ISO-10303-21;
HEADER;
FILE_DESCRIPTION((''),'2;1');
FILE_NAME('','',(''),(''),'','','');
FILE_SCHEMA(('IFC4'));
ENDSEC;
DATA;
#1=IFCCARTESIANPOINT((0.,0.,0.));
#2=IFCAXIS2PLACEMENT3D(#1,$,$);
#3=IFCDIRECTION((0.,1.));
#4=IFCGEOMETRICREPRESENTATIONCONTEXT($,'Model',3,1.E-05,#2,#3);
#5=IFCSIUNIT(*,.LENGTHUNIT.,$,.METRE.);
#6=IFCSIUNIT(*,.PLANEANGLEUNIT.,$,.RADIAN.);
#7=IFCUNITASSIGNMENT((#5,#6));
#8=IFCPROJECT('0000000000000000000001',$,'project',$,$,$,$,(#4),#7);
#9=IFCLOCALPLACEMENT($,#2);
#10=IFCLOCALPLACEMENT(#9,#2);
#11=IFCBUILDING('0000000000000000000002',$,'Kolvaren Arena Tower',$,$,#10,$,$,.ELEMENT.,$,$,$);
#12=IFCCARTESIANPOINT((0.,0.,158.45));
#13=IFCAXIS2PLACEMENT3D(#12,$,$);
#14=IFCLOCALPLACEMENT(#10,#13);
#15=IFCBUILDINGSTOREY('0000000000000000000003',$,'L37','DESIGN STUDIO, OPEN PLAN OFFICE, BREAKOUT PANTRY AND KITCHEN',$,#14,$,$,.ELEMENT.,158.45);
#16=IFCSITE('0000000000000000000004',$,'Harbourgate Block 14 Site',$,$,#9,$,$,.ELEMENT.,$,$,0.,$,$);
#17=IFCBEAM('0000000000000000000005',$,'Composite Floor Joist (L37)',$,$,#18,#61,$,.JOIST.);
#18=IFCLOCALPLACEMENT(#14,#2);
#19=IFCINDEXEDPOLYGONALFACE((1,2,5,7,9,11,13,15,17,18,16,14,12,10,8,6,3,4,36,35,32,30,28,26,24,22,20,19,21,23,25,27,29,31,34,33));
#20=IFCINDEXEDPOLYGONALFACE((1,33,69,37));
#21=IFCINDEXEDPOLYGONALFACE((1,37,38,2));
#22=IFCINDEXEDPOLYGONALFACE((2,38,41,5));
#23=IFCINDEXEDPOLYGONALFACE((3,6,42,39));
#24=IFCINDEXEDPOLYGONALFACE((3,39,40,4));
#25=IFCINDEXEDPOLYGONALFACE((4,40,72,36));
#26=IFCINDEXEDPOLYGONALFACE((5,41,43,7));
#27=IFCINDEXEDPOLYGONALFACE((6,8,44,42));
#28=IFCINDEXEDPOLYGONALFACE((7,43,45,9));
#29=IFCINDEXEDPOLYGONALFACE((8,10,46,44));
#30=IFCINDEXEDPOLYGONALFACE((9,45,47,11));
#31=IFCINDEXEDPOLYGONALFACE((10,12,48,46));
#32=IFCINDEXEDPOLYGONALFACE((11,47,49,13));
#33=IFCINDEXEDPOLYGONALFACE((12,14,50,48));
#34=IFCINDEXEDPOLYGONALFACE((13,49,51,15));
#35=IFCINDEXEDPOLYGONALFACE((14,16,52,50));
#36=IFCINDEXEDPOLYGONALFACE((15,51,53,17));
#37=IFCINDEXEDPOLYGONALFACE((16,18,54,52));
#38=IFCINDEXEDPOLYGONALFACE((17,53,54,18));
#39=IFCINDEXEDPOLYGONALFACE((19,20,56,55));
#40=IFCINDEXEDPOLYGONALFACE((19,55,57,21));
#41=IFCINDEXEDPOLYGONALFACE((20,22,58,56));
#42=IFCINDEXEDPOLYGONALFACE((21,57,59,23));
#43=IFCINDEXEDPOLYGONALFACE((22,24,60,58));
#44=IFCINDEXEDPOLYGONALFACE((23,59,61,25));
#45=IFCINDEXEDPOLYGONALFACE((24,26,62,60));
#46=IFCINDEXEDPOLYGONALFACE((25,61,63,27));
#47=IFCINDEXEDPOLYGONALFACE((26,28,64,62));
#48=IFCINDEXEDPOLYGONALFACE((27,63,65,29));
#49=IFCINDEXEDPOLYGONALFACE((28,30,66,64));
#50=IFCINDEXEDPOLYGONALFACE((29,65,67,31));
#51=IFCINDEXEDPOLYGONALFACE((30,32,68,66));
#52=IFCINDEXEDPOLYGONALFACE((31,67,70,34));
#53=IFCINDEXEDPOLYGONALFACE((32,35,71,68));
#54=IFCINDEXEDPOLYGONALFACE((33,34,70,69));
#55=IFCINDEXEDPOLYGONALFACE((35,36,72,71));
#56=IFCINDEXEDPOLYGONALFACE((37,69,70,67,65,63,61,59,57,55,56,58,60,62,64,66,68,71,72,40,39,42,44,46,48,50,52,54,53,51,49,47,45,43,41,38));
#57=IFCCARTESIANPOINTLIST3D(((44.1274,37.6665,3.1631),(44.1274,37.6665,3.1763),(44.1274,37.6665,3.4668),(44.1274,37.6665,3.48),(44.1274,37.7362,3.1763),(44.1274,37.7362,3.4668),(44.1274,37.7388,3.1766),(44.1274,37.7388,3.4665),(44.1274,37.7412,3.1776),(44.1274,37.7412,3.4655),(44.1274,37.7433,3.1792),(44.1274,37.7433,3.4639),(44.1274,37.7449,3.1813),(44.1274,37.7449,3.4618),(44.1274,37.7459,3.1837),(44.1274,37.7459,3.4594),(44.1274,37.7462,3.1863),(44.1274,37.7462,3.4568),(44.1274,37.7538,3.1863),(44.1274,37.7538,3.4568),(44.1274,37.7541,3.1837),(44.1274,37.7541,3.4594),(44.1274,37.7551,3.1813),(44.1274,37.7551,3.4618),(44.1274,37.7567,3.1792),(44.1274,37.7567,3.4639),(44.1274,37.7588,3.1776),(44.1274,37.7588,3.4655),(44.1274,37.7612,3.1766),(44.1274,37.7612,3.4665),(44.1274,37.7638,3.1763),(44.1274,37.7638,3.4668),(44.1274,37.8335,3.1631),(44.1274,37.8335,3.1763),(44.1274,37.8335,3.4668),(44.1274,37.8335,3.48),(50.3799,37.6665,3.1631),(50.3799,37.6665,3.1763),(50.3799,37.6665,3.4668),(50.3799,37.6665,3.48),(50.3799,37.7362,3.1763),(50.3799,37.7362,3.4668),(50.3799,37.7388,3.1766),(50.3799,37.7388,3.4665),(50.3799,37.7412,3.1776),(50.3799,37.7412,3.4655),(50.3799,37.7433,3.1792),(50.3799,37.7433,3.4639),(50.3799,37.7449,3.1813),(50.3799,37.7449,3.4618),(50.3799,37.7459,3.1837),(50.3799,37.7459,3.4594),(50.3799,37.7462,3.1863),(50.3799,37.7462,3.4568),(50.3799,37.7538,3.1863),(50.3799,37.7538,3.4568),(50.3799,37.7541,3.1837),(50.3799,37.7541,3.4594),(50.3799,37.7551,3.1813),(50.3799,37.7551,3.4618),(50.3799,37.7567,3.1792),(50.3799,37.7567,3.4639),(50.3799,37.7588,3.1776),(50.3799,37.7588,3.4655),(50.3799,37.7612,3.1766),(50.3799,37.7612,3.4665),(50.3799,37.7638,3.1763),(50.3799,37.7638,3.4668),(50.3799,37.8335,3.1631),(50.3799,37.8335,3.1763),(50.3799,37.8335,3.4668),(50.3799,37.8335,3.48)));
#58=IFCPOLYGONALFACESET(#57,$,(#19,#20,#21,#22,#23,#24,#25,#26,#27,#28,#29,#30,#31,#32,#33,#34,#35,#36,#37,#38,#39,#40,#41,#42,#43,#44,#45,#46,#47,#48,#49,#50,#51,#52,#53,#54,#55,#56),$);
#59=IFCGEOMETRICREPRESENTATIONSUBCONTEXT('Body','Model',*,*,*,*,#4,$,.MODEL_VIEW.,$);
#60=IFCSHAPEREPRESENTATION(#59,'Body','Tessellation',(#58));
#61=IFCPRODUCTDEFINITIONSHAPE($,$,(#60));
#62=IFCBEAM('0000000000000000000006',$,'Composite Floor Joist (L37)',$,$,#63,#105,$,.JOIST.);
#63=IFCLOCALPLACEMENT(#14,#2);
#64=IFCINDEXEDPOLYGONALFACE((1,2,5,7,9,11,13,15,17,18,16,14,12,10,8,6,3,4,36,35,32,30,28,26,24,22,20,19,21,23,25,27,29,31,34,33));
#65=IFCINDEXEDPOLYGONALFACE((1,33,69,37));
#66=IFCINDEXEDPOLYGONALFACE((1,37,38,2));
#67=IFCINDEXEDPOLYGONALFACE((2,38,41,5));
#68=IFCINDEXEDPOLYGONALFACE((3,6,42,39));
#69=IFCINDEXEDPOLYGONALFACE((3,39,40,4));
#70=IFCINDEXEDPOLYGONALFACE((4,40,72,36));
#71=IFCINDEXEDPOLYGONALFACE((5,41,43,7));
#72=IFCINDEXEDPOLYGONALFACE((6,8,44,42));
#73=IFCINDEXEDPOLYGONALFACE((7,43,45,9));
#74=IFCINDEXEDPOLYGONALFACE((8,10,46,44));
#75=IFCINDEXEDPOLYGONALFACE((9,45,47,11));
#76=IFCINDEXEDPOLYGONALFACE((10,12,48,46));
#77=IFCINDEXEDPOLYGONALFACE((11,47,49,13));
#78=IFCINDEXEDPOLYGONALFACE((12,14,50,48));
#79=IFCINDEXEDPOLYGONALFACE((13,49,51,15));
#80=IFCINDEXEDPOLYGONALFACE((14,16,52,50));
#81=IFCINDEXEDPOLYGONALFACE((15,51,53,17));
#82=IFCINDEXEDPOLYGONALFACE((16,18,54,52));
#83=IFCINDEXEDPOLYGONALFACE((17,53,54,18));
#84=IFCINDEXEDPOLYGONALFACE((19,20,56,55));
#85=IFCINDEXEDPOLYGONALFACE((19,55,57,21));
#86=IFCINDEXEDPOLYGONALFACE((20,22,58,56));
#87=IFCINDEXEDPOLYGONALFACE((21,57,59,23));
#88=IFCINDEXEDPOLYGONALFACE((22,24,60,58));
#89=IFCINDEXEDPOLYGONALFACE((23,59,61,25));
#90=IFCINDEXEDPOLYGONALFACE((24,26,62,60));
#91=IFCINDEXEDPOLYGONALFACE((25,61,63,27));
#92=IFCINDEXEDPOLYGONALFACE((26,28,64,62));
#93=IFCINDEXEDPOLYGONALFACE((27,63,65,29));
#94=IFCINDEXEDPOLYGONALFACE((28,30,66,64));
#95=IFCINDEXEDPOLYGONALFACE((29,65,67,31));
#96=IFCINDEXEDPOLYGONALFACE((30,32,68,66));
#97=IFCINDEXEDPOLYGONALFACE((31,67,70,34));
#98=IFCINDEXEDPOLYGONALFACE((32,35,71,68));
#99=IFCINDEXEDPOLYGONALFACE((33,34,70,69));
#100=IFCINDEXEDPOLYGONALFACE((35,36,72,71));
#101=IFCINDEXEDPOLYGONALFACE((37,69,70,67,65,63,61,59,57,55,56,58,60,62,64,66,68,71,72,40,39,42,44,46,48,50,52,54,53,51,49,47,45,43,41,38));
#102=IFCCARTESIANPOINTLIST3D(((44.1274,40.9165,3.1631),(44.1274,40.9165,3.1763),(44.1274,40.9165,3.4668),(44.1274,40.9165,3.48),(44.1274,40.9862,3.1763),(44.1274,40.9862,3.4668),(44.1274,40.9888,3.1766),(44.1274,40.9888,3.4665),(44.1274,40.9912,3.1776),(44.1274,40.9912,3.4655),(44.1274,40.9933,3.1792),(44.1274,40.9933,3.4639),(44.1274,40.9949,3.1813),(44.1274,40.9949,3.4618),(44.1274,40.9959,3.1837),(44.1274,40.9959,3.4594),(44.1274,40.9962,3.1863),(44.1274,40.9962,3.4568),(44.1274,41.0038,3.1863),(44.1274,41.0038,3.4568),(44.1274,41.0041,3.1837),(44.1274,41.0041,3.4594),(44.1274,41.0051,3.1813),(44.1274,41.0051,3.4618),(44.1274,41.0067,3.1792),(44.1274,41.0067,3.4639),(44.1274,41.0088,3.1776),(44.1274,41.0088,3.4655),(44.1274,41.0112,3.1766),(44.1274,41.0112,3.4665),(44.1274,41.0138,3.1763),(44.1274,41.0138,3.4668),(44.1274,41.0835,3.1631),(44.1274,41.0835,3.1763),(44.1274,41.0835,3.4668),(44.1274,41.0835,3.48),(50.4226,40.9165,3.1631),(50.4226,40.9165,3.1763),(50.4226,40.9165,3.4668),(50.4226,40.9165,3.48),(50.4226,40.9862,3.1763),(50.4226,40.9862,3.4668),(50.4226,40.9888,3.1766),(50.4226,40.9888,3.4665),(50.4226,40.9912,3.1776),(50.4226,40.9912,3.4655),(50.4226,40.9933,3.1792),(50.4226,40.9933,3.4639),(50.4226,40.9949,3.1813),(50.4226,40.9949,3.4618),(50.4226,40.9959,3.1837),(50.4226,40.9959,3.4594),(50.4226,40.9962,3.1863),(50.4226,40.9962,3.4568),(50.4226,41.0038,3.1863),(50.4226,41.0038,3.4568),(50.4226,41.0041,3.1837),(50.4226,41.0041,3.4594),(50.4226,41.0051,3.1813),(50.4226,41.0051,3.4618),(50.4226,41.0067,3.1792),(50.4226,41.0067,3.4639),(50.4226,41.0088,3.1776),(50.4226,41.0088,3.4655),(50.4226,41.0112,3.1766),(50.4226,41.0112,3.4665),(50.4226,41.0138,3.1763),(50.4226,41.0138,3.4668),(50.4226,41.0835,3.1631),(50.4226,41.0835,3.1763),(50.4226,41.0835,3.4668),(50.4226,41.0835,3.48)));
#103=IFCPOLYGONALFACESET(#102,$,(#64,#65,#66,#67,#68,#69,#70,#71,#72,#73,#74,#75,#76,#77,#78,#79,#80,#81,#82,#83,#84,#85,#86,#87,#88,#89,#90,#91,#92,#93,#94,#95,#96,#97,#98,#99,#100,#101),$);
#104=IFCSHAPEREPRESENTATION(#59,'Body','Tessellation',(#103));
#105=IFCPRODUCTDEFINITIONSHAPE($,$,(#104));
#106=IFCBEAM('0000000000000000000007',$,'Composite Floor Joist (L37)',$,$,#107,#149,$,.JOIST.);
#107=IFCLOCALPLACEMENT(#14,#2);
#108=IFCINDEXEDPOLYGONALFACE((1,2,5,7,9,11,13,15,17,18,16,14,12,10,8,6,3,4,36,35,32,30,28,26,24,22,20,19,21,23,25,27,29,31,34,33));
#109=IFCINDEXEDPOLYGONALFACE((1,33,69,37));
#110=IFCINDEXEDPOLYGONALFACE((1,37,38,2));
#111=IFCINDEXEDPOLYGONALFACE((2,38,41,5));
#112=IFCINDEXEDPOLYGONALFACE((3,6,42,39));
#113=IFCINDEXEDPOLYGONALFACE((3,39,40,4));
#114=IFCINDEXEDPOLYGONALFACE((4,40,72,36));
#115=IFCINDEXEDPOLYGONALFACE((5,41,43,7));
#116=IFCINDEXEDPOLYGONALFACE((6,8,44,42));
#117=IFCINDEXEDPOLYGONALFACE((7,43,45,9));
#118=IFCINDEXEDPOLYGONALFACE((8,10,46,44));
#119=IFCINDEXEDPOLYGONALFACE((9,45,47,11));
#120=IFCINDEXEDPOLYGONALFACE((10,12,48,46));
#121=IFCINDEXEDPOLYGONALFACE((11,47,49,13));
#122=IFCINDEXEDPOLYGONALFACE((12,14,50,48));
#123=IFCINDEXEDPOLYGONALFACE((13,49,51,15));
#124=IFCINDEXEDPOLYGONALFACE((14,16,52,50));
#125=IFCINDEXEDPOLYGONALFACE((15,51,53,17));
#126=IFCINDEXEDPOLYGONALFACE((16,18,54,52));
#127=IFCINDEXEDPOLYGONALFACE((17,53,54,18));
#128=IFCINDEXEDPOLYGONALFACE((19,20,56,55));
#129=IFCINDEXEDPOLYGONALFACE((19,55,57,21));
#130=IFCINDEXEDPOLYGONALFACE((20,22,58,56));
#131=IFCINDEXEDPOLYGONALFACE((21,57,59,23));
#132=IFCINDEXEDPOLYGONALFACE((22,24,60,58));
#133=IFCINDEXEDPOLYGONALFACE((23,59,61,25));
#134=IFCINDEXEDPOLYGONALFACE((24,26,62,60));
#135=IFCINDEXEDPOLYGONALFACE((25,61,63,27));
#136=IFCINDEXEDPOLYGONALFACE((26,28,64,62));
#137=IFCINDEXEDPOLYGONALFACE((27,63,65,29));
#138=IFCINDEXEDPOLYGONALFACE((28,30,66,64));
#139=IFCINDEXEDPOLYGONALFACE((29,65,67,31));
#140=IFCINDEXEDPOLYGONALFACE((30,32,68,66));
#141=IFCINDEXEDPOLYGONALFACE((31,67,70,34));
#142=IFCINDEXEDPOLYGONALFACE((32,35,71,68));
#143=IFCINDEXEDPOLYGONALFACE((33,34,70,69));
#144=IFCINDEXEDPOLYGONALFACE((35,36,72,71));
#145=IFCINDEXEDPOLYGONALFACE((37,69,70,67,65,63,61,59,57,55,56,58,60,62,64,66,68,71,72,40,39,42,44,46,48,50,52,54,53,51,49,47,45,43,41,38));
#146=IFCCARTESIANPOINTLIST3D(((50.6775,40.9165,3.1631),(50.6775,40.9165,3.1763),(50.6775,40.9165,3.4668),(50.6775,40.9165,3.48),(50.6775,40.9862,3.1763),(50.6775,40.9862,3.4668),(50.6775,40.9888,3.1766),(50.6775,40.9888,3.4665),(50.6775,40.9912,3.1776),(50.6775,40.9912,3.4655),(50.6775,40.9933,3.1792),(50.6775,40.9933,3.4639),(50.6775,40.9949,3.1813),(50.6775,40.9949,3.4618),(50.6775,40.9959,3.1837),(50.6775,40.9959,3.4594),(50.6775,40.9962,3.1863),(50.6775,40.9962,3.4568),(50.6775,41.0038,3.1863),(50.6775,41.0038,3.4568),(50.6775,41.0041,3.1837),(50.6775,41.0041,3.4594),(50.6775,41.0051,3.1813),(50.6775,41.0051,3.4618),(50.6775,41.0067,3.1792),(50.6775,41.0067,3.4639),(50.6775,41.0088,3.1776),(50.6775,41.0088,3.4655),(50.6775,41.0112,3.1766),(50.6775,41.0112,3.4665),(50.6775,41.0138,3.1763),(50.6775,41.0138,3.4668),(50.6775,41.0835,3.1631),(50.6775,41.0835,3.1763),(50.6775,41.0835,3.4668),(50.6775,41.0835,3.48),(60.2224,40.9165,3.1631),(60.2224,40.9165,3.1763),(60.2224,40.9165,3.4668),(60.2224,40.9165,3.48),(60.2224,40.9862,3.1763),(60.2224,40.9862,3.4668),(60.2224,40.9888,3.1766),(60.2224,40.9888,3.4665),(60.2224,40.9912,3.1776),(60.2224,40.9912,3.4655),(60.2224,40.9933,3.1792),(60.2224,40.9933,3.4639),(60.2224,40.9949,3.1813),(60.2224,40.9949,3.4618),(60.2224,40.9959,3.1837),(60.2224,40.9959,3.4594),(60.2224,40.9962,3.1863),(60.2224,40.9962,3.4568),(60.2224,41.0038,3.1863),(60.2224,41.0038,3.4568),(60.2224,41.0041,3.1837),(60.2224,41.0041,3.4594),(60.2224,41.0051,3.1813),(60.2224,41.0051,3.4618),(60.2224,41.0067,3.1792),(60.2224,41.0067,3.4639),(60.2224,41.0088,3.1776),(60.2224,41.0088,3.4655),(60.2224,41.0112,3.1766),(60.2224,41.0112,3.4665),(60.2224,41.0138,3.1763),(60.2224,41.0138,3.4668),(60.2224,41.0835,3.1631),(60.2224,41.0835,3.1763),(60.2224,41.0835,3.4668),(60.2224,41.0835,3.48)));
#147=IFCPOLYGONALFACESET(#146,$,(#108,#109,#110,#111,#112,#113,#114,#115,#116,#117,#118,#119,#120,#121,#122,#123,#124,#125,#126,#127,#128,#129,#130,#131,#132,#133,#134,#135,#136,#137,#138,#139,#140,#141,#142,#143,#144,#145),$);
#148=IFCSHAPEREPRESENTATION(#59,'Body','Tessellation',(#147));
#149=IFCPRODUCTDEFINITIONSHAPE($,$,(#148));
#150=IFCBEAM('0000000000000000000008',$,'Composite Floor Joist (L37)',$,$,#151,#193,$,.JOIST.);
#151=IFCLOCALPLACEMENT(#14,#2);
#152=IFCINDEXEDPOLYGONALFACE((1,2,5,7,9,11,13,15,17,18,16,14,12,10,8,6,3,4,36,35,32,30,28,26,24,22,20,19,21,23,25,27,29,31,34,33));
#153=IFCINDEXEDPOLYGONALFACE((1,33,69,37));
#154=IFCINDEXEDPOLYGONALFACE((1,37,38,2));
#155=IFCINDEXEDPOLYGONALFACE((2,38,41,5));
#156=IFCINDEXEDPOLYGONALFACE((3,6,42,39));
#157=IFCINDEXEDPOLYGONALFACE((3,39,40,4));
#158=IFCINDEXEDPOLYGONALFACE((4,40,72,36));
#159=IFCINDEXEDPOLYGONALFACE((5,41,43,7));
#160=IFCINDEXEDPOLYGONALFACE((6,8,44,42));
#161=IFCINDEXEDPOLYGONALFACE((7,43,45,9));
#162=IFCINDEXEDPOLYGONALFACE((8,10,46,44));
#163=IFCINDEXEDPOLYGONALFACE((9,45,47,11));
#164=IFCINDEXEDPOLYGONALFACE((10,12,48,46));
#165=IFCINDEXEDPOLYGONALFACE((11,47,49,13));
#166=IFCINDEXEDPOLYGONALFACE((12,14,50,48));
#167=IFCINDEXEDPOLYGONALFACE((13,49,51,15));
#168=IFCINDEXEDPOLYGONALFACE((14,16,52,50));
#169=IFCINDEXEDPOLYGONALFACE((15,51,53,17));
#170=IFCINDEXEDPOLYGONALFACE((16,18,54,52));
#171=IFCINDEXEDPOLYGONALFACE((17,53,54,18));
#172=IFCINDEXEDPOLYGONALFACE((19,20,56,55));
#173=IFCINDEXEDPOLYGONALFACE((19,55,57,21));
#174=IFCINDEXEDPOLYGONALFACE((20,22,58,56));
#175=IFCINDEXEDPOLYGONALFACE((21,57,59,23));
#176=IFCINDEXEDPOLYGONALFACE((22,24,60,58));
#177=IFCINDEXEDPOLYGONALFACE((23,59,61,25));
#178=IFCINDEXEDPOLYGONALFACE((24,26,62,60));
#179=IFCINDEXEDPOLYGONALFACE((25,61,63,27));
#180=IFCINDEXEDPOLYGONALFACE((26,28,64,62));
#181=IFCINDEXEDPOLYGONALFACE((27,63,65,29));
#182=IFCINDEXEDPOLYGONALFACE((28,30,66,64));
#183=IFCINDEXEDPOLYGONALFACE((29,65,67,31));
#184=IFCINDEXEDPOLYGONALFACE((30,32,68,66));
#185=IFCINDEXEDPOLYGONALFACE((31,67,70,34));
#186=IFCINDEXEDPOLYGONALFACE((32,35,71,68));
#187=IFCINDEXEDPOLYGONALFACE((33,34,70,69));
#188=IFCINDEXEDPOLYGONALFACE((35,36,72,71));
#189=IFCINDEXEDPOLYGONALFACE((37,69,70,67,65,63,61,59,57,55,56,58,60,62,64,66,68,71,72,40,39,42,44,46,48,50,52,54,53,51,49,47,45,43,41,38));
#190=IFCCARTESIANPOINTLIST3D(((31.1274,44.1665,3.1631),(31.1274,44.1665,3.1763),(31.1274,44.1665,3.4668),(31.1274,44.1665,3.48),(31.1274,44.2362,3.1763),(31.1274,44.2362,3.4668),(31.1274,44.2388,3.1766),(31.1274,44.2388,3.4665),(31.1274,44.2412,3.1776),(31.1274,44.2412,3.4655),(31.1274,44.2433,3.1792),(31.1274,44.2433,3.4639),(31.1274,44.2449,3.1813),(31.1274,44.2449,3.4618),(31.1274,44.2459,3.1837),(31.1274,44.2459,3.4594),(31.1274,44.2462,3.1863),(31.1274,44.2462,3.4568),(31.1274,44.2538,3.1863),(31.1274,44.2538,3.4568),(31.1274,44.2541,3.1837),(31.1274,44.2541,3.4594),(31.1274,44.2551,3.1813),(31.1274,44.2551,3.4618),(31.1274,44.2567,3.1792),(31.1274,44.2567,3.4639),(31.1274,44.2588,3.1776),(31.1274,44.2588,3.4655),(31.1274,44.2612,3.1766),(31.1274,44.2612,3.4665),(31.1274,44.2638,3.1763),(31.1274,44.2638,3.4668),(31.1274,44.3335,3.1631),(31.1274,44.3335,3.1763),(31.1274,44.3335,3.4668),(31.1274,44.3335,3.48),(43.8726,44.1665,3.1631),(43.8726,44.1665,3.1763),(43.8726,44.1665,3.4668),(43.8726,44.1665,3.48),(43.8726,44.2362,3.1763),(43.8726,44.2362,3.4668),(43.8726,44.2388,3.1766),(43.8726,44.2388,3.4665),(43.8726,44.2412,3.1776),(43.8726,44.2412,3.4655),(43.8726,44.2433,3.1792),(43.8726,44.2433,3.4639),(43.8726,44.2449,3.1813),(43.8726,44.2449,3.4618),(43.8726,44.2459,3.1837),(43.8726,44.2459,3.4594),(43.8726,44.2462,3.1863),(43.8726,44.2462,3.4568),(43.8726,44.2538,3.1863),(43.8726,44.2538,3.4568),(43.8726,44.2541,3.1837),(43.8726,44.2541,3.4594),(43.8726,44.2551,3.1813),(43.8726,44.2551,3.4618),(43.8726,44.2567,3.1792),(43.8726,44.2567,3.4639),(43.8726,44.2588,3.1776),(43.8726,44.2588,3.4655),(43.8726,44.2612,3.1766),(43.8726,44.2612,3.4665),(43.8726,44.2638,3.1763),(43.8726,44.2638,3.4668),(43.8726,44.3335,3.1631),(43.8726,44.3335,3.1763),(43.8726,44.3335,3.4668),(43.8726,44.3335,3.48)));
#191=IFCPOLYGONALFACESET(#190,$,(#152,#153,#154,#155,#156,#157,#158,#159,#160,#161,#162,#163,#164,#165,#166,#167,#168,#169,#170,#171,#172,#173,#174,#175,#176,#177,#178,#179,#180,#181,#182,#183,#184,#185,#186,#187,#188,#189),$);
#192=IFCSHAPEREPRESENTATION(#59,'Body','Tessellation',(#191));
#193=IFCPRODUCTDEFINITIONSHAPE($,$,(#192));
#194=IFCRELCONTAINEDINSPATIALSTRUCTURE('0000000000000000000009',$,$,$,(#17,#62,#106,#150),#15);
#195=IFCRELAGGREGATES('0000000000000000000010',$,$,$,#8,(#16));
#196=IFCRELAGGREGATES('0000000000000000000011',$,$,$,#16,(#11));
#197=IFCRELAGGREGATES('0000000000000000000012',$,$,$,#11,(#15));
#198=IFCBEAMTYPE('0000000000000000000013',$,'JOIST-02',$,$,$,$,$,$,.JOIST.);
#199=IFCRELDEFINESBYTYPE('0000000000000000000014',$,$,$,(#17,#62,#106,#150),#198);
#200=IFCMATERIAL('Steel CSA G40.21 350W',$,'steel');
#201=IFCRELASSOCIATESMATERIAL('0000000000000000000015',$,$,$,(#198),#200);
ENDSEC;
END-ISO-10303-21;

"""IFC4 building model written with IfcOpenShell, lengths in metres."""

from ifc_helpers import new_model, si_unit, direction, frame, origin, origin_2d, place, context, subcontext, project, spatial, i_section, extrude, material, material_profile, profile_set, type_object, element, save


model = new_model("IFC4")

# Units and contexts
model_context = context("Model", 3, precision=1e-05, world=origin(), true_north=direction((0.0, 1.0)))
body_context = subcontext(model_context, "Body", "Model", "MODEL_VIEW")
ifc_project = project(units=[si_unit("LENGTHUNIT", "METRE"), si_unit("PLANEANGLEUNIT", "RADIAN")], contexts=[model_context])

# Site, building, storey
site_placement = place(None, origin())
site = spatial("IfcSite", under=ifc_project, at=site_placement, Name="Harbourgate Block 14 Site", CompositionType="ELEMENT", RefElevation=0.0)
building_placement = place(site_placement, origin())
building = spatial("IfcBuilding", under=site, at=building_placement, Name="Kolvaren Arena Tower", CompositionType="ELEMENT")
storey_placement = place(building_placement, frame((0.0, 0.0, 158.45)))
storey = spatial("IfcBuildingStorey", under=building, at=storey_placement, Name="L37", Description="DESIGN STUDIO, OPEN PLAN OFFICE, BREAKOUT PANTRY AND KITCHEN", CompositionType="ELEMENT", Elevation=158.45)

# Beams
ifc_material_1 = material(Name="Steel CSA G40.21 350W", Category="steel")
ifc_material_profile_1 = material_profile(ifc_material_1, i_section(OverallWidth=0.167, OverallDepth=0.3169, WebThickness=0.0076, FlangeThickness=0.0132, FilletRadius=0.01, at=origin_2d()), Name="W310x52")
ifc_profile_set_1 = profile_set([ifc_material_profile_1], Name="Steel CSA G40.21 350W")
beam_type_1 = type_object("IfcBeamType", Name="JOIST-02", PredefinedType="JOIST", material=ifc_profile_set_1)
for number, where, z_axis, x_axis, name in (
    (1, (44.1274, 37.75, 3.3215), (1.0, 0.0, 0.0), (0.0, 1.0, 0.0), "Composite Floor Joist (L37)"),
):
    element("IfcBeam", number, at=place(storey_placement, frame(where, z_axis=z_axis, x_axis=x_axis)), inside=storey, type_object=beam_type_1, Name=name, PredefinedType="JOIST", context=body_context, shape_type="SweptSolid", body=[
        extrude(i_section(OverallWidth=0.167, OverallDepth=0.3169, WebThickness=0.0076, FlangeThickness=0.0132, FilletRadius=0.01, at=origin_2d()), origin(), (0.0, 0.0, 1.0), 6.2524),
    ])
beam_1_placement = place(storey_placement, frame((44.1274, 41.0, 3.3215), z_axis=(1.0, 0.0, 0.0), x_axis=(0.0, 1.0, 0.0)))
element("IfcBeam", 2, at=beam_1_placement, inside=storey, type_object=beam_type_1, Name="Composite Floor Joist (L37)", PredefinedType="JOIST", context=body_context, shape_type="SweptSolid", body=[
    extrude(i_section(OverallWidth=0.167, OverallDepth=0.3169, WebThickness=0.0076, FlangeThickness=0.0132, FilletRadius=0.01, at=origin_2d()), origin(), (0.0, 0.0, 1.0), 6.2952),
])
beam_2_placement = place(storey_placement, frame((50.6775, 41.0, 3.3215), z_axis=(1.0, 0.0, 0.0), x_axis=(0.0, 1.0, 0.0)))
element("IfcBeam", 3, at=beam_2_placement, inside=storey, type_object=beam_type_1, Name="Composite Floor Joist (L37)", PredefinedType="JOIST", context=body_context, shape_type="SweptSolid", body=[
    extrude(i_section(OverallWidth=0.167, OverallDepth=0.3169, WebThickness=0.0076, FlangeThickness=0.0132, FilletRadius=0.01, at=origin_2d()), origin(), (0.0, 0.0, 1.0), 9.5449),
])
beam_3_placement = place(storey_placement, frame((31.1274, 44.25, 3.3215), z_axis=(1.0, 0.0, 0.0), x_axis=(0.0, 1.0, 0.0)))
element("IfcBeam", 4, at=beam_3_placement, inside=storey, type_object=beam_type_1, Name="Composite Floor Joist (L37)", PredefinedType="JOIST", context=body_context, shape_type="SweptSolid", body=[
    extrude(i_section(OverallWidth=0.167, OverallDepth=0.3169, WebThickness=0.0076, FlangeThickness=0.0132, FilletRadius=0.01, at=origin_2d()), origin(), (0.0, 0.0, 1.0), 12.7451),
])

save(model, "model.ifc")
